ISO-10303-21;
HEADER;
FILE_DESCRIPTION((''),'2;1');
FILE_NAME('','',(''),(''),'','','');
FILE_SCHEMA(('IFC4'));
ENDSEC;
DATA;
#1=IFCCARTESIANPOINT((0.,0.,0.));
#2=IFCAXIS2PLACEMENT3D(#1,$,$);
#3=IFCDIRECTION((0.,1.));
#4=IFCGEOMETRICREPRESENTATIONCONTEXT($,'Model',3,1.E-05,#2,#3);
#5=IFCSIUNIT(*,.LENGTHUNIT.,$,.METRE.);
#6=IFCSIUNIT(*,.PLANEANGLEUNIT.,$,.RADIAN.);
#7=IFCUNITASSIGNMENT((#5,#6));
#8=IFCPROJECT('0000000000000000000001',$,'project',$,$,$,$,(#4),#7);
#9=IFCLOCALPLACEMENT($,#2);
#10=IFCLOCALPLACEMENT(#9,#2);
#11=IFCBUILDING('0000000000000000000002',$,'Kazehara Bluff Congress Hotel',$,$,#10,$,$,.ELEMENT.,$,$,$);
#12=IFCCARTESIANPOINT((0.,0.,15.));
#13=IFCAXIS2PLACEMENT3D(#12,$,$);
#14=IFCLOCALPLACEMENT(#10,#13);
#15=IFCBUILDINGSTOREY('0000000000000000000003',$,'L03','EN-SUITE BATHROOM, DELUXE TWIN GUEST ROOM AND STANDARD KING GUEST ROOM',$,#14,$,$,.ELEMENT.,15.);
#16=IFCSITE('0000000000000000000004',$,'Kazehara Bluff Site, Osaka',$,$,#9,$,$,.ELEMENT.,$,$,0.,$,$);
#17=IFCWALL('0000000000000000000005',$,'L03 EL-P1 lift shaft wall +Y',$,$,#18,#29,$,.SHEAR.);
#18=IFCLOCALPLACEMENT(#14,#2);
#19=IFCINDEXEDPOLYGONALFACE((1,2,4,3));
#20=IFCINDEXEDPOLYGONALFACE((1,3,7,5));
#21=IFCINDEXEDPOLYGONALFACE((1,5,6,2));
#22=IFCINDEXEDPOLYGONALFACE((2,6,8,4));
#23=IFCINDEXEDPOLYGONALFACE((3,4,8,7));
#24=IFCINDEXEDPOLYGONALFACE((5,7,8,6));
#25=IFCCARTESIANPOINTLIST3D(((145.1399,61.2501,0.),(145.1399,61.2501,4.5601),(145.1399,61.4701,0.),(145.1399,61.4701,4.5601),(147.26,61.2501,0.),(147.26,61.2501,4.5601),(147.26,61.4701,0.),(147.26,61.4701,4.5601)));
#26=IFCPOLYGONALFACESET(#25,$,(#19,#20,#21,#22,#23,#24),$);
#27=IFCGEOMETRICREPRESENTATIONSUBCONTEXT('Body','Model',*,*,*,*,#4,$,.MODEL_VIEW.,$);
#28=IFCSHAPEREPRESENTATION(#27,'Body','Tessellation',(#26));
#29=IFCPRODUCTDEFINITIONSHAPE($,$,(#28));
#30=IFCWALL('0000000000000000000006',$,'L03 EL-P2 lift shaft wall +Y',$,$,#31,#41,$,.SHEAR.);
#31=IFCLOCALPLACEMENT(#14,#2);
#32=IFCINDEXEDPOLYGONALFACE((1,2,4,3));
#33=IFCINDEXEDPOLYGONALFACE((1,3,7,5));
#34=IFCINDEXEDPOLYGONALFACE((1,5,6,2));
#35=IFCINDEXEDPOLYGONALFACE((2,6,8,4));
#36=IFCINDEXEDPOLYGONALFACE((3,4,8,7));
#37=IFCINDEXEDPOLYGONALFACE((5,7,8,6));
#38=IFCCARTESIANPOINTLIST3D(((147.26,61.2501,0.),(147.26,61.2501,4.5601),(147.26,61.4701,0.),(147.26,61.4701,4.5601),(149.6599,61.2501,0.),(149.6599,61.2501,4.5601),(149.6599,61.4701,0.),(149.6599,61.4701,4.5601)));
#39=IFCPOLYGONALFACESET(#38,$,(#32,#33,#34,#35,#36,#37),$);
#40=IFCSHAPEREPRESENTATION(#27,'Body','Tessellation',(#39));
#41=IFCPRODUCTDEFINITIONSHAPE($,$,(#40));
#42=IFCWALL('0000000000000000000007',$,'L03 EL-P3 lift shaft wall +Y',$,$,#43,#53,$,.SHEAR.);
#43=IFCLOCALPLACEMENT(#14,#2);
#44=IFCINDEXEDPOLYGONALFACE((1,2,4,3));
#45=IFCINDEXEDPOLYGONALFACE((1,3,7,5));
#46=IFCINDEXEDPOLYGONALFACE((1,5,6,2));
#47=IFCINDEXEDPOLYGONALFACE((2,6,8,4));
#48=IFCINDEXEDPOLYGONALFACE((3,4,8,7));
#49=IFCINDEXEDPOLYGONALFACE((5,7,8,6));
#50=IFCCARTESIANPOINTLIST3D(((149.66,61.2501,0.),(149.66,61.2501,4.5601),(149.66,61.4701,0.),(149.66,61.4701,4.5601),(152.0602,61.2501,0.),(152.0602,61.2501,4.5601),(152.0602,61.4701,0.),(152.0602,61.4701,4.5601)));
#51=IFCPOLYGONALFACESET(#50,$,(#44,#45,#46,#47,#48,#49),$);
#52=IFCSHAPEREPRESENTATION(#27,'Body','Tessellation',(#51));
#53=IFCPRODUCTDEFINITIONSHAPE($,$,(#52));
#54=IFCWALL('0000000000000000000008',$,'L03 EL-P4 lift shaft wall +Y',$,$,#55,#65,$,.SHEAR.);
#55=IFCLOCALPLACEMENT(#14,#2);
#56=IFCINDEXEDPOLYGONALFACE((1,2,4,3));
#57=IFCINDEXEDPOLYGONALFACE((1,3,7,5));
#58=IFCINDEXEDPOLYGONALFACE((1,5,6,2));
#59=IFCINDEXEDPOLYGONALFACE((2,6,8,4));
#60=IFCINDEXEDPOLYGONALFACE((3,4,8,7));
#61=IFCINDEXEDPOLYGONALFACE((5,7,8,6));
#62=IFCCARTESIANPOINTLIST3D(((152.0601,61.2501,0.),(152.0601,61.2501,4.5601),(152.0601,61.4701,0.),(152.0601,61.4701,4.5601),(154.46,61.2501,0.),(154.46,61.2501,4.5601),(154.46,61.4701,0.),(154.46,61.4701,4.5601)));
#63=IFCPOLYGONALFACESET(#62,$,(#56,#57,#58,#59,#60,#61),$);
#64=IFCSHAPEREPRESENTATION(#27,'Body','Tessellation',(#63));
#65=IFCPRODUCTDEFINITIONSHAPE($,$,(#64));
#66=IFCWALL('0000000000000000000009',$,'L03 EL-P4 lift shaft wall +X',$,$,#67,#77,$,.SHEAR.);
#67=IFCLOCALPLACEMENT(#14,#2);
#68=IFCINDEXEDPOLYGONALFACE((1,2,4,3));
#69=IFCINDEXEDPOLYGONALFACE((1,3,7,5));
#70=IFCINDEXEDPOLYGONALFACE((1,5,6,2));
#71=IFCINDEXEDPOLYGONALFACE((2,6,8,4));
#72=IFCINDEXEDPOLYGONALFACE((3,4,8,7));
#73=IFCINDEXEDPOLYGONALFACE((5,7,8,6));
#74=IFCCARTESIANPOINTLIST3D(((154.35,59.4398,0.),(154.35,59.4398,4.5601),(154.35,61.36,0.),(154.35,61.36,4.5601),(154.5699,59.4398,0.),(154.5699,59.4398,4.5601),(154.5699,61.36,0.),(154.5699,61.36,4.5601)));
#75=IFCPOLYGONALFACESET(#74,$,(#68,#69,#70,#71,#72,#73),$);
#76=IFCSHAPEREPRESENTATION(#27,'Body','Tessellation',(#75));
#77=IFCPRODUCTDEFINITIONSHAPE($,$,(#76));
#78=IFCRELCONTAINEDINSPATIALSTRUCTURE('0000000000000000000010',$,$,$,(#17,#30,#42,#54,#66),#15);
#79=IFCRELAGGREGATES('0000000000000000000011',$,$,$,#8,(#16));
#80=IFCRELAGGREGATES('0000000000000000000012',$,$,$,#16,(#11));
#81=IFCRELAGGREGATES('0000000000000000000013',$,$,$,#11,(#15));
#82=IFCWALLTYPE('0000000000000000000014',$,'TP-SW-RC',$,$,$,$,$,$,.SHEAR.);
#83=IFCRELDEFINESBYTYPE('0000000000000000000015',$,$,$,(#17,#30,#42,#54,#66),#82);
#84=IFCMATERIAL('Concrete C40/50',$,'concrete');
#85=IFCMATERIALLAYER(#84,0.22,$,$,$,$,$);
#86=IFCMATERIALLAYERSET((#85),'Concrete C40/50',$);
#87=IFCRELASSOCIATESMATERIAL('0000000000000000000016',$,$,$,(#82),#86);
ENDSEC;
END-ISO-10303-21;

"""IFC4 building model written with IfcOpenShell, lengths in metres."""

from ifc_helpers import new_model, si_unit, direction, frame, frame_2d, origin, place, context, subcontext, project, spatial, rectangle, extrude, material, layer, layer_set, type_object, element, save


model = new_model("IFC4")

# Units and contexts
model_context = context("Model", 3, precision=1e-05, world=origin(), true_north=direction((0.0, 1.0)))
body_context = subcontext(model_context, "Body", "Model", "MODEL_VIEW")
ifc_project = project(units=[si_unit("LENGTHUNIT", "METRE"), si_unit("PLANEANGLEUNIT", "RADIAN")], contexts=[model_context])

# Site, building, storey
site_placement = place(None, origin())
site = spatial("IfcSite", under=ifc_project, at=site_placement, Name="Kazehara Bluff Site, Osaka", CompositionType="ELEMENT", RefElevation=0.0)
building_placement = place(site_placement, origin())
building = spatial("IfcBuilding", under=site, at=building_placement, Name="Kazehara Bluff Congress Hotel", CompositionType="ELEMENT")
storey_placement = place(building_placement, frame((0.0, 0.0, 15.0)))
storey = spatial("IfcBuildingStorey", under=building, at=storey_placement, Name="L03", Description="EN-SUITE BATHROOM, DELUXE TWIN GUEST ROOM AND STANDARD KING GUEST ROOM", CompositionType="ELEMENT", Elevation=15.0)

# Walls
ifc_material_1 = material(Name="Concrete C40/50", Category="concrete")
ifc_layer_1 = layer(ifc_material_1, 0.22)
ifc_layer_set_1 = layer_set([ifc_layer_1], Name="Concrete C40/50")
wall_type_1 = type_object("IfcWallType", Name="TP-SW-RC", PredefinedType="SHEAR", material=ifc_layer_set_1)
wall_1_placement = place(storey_placement, frame((145.1399, 61.3601, 0.0), z_axis=(0.0, 0.0, 1.0), x_axis=(1.0, 0.0, 0.0)))
element("IfcWall", 1, at=wall_1_placement, inside=storey, type_object=wall_type_1, Name="L03 EL-P1 lift shaft wall +Y", PredefinedType="SHEAR", context=body_context, shape_type="SweptSolid", body=[
    extrude(rectangle(XDim=2.1201, YDim=0.22, at=frame_2d((1.0601, 0.0))), origin(), (0.0, 0.0, 1.0), 4.5601),
])
wall_2_placement = place(storey_placement, frame((147.26, 61.3601, 0.0), z_axis=(0.0, 0.0, 1.0), x_axis=(1.0, 0.0, 0.0)))
element("IfcWall", 2, at=wall_2_placement, inside=storey, type_object=wall_type_1, Name="L03 EL-P2 lift shaft wall +Y", PredefinedType="SHEAR", context=body_context, shape_type="SweptSolid", body=[
    extrude(rectangle(XDim=2.3999, YDim=0.22, at=frame_2d((1.2, 0.0))), origin(), (0.0, 0.0, 1.0), 4.5601),
])
wall_3_placement = place(storey_placement, frame((149.6599, 61.3601, 0.0), z_axis=(0.0, 0.0, 1.0), x_axis=(1.0, 0.0, 0.0)))
element("IfcWall", 3, at=wall_3_placement, inside=storey, type_object=wall_type_1, Name="L03 EL-P3 lift shaft wall +Y", PredefinedType="SHEAR", context=body_context, shape_type="SweptSolid", body=[
    extrude(rectangle(XDim=2.4001, YDim=0.22, at=frame_2d((1.2002, 0.0))), origin(), (0.0, 0.0, 1.0), 4.5601),
])
wall_4_placement = place(storey_placement, frame((152.0601, 61.3601, 0.0), z_axis=(0.0, 0.0, 1.0), x_axis=(1.0, 0.0, 0.0)))
element("IfcWall", 4, at=wall_4_placement, inside=storey, type_object=wall_type_1, Name="L03 EL-P4 lift shaft wall +Y", PredefinedType="SHEAR", context=body_context, shape_type="SweptSolid", body=[
    extrude(rectangle(XDim=2.3999, YDim=0.22, at=frame_2d((1.2, 0.0))), origin(), (0.0, 0.0, 1.0), 4.5601),
])
wall_5_placement = place(storey_placement, frame((154.46, 59.4399, 0.0), z_axis=(0.0, 0.0, 1.0), x_axis=(0.0, 1.0, 0.0)))
element("IfcWall", 5, at=wall_5_placement, inside=storey, type_object=wall_type_1, Name="L03 EL-P4 lift shaft wall +X", PredefinedType="SHEAR", context=body_context, shape_type="SweptSolid", body=[
    extrude(rectangle(XDim=1.9202, YDim=0.22, at=frame_2d((0.96, 0.0))), origin(), (0.0, 0.0, 1.0), 4.5601),
])

save(model, "model.ifc")
